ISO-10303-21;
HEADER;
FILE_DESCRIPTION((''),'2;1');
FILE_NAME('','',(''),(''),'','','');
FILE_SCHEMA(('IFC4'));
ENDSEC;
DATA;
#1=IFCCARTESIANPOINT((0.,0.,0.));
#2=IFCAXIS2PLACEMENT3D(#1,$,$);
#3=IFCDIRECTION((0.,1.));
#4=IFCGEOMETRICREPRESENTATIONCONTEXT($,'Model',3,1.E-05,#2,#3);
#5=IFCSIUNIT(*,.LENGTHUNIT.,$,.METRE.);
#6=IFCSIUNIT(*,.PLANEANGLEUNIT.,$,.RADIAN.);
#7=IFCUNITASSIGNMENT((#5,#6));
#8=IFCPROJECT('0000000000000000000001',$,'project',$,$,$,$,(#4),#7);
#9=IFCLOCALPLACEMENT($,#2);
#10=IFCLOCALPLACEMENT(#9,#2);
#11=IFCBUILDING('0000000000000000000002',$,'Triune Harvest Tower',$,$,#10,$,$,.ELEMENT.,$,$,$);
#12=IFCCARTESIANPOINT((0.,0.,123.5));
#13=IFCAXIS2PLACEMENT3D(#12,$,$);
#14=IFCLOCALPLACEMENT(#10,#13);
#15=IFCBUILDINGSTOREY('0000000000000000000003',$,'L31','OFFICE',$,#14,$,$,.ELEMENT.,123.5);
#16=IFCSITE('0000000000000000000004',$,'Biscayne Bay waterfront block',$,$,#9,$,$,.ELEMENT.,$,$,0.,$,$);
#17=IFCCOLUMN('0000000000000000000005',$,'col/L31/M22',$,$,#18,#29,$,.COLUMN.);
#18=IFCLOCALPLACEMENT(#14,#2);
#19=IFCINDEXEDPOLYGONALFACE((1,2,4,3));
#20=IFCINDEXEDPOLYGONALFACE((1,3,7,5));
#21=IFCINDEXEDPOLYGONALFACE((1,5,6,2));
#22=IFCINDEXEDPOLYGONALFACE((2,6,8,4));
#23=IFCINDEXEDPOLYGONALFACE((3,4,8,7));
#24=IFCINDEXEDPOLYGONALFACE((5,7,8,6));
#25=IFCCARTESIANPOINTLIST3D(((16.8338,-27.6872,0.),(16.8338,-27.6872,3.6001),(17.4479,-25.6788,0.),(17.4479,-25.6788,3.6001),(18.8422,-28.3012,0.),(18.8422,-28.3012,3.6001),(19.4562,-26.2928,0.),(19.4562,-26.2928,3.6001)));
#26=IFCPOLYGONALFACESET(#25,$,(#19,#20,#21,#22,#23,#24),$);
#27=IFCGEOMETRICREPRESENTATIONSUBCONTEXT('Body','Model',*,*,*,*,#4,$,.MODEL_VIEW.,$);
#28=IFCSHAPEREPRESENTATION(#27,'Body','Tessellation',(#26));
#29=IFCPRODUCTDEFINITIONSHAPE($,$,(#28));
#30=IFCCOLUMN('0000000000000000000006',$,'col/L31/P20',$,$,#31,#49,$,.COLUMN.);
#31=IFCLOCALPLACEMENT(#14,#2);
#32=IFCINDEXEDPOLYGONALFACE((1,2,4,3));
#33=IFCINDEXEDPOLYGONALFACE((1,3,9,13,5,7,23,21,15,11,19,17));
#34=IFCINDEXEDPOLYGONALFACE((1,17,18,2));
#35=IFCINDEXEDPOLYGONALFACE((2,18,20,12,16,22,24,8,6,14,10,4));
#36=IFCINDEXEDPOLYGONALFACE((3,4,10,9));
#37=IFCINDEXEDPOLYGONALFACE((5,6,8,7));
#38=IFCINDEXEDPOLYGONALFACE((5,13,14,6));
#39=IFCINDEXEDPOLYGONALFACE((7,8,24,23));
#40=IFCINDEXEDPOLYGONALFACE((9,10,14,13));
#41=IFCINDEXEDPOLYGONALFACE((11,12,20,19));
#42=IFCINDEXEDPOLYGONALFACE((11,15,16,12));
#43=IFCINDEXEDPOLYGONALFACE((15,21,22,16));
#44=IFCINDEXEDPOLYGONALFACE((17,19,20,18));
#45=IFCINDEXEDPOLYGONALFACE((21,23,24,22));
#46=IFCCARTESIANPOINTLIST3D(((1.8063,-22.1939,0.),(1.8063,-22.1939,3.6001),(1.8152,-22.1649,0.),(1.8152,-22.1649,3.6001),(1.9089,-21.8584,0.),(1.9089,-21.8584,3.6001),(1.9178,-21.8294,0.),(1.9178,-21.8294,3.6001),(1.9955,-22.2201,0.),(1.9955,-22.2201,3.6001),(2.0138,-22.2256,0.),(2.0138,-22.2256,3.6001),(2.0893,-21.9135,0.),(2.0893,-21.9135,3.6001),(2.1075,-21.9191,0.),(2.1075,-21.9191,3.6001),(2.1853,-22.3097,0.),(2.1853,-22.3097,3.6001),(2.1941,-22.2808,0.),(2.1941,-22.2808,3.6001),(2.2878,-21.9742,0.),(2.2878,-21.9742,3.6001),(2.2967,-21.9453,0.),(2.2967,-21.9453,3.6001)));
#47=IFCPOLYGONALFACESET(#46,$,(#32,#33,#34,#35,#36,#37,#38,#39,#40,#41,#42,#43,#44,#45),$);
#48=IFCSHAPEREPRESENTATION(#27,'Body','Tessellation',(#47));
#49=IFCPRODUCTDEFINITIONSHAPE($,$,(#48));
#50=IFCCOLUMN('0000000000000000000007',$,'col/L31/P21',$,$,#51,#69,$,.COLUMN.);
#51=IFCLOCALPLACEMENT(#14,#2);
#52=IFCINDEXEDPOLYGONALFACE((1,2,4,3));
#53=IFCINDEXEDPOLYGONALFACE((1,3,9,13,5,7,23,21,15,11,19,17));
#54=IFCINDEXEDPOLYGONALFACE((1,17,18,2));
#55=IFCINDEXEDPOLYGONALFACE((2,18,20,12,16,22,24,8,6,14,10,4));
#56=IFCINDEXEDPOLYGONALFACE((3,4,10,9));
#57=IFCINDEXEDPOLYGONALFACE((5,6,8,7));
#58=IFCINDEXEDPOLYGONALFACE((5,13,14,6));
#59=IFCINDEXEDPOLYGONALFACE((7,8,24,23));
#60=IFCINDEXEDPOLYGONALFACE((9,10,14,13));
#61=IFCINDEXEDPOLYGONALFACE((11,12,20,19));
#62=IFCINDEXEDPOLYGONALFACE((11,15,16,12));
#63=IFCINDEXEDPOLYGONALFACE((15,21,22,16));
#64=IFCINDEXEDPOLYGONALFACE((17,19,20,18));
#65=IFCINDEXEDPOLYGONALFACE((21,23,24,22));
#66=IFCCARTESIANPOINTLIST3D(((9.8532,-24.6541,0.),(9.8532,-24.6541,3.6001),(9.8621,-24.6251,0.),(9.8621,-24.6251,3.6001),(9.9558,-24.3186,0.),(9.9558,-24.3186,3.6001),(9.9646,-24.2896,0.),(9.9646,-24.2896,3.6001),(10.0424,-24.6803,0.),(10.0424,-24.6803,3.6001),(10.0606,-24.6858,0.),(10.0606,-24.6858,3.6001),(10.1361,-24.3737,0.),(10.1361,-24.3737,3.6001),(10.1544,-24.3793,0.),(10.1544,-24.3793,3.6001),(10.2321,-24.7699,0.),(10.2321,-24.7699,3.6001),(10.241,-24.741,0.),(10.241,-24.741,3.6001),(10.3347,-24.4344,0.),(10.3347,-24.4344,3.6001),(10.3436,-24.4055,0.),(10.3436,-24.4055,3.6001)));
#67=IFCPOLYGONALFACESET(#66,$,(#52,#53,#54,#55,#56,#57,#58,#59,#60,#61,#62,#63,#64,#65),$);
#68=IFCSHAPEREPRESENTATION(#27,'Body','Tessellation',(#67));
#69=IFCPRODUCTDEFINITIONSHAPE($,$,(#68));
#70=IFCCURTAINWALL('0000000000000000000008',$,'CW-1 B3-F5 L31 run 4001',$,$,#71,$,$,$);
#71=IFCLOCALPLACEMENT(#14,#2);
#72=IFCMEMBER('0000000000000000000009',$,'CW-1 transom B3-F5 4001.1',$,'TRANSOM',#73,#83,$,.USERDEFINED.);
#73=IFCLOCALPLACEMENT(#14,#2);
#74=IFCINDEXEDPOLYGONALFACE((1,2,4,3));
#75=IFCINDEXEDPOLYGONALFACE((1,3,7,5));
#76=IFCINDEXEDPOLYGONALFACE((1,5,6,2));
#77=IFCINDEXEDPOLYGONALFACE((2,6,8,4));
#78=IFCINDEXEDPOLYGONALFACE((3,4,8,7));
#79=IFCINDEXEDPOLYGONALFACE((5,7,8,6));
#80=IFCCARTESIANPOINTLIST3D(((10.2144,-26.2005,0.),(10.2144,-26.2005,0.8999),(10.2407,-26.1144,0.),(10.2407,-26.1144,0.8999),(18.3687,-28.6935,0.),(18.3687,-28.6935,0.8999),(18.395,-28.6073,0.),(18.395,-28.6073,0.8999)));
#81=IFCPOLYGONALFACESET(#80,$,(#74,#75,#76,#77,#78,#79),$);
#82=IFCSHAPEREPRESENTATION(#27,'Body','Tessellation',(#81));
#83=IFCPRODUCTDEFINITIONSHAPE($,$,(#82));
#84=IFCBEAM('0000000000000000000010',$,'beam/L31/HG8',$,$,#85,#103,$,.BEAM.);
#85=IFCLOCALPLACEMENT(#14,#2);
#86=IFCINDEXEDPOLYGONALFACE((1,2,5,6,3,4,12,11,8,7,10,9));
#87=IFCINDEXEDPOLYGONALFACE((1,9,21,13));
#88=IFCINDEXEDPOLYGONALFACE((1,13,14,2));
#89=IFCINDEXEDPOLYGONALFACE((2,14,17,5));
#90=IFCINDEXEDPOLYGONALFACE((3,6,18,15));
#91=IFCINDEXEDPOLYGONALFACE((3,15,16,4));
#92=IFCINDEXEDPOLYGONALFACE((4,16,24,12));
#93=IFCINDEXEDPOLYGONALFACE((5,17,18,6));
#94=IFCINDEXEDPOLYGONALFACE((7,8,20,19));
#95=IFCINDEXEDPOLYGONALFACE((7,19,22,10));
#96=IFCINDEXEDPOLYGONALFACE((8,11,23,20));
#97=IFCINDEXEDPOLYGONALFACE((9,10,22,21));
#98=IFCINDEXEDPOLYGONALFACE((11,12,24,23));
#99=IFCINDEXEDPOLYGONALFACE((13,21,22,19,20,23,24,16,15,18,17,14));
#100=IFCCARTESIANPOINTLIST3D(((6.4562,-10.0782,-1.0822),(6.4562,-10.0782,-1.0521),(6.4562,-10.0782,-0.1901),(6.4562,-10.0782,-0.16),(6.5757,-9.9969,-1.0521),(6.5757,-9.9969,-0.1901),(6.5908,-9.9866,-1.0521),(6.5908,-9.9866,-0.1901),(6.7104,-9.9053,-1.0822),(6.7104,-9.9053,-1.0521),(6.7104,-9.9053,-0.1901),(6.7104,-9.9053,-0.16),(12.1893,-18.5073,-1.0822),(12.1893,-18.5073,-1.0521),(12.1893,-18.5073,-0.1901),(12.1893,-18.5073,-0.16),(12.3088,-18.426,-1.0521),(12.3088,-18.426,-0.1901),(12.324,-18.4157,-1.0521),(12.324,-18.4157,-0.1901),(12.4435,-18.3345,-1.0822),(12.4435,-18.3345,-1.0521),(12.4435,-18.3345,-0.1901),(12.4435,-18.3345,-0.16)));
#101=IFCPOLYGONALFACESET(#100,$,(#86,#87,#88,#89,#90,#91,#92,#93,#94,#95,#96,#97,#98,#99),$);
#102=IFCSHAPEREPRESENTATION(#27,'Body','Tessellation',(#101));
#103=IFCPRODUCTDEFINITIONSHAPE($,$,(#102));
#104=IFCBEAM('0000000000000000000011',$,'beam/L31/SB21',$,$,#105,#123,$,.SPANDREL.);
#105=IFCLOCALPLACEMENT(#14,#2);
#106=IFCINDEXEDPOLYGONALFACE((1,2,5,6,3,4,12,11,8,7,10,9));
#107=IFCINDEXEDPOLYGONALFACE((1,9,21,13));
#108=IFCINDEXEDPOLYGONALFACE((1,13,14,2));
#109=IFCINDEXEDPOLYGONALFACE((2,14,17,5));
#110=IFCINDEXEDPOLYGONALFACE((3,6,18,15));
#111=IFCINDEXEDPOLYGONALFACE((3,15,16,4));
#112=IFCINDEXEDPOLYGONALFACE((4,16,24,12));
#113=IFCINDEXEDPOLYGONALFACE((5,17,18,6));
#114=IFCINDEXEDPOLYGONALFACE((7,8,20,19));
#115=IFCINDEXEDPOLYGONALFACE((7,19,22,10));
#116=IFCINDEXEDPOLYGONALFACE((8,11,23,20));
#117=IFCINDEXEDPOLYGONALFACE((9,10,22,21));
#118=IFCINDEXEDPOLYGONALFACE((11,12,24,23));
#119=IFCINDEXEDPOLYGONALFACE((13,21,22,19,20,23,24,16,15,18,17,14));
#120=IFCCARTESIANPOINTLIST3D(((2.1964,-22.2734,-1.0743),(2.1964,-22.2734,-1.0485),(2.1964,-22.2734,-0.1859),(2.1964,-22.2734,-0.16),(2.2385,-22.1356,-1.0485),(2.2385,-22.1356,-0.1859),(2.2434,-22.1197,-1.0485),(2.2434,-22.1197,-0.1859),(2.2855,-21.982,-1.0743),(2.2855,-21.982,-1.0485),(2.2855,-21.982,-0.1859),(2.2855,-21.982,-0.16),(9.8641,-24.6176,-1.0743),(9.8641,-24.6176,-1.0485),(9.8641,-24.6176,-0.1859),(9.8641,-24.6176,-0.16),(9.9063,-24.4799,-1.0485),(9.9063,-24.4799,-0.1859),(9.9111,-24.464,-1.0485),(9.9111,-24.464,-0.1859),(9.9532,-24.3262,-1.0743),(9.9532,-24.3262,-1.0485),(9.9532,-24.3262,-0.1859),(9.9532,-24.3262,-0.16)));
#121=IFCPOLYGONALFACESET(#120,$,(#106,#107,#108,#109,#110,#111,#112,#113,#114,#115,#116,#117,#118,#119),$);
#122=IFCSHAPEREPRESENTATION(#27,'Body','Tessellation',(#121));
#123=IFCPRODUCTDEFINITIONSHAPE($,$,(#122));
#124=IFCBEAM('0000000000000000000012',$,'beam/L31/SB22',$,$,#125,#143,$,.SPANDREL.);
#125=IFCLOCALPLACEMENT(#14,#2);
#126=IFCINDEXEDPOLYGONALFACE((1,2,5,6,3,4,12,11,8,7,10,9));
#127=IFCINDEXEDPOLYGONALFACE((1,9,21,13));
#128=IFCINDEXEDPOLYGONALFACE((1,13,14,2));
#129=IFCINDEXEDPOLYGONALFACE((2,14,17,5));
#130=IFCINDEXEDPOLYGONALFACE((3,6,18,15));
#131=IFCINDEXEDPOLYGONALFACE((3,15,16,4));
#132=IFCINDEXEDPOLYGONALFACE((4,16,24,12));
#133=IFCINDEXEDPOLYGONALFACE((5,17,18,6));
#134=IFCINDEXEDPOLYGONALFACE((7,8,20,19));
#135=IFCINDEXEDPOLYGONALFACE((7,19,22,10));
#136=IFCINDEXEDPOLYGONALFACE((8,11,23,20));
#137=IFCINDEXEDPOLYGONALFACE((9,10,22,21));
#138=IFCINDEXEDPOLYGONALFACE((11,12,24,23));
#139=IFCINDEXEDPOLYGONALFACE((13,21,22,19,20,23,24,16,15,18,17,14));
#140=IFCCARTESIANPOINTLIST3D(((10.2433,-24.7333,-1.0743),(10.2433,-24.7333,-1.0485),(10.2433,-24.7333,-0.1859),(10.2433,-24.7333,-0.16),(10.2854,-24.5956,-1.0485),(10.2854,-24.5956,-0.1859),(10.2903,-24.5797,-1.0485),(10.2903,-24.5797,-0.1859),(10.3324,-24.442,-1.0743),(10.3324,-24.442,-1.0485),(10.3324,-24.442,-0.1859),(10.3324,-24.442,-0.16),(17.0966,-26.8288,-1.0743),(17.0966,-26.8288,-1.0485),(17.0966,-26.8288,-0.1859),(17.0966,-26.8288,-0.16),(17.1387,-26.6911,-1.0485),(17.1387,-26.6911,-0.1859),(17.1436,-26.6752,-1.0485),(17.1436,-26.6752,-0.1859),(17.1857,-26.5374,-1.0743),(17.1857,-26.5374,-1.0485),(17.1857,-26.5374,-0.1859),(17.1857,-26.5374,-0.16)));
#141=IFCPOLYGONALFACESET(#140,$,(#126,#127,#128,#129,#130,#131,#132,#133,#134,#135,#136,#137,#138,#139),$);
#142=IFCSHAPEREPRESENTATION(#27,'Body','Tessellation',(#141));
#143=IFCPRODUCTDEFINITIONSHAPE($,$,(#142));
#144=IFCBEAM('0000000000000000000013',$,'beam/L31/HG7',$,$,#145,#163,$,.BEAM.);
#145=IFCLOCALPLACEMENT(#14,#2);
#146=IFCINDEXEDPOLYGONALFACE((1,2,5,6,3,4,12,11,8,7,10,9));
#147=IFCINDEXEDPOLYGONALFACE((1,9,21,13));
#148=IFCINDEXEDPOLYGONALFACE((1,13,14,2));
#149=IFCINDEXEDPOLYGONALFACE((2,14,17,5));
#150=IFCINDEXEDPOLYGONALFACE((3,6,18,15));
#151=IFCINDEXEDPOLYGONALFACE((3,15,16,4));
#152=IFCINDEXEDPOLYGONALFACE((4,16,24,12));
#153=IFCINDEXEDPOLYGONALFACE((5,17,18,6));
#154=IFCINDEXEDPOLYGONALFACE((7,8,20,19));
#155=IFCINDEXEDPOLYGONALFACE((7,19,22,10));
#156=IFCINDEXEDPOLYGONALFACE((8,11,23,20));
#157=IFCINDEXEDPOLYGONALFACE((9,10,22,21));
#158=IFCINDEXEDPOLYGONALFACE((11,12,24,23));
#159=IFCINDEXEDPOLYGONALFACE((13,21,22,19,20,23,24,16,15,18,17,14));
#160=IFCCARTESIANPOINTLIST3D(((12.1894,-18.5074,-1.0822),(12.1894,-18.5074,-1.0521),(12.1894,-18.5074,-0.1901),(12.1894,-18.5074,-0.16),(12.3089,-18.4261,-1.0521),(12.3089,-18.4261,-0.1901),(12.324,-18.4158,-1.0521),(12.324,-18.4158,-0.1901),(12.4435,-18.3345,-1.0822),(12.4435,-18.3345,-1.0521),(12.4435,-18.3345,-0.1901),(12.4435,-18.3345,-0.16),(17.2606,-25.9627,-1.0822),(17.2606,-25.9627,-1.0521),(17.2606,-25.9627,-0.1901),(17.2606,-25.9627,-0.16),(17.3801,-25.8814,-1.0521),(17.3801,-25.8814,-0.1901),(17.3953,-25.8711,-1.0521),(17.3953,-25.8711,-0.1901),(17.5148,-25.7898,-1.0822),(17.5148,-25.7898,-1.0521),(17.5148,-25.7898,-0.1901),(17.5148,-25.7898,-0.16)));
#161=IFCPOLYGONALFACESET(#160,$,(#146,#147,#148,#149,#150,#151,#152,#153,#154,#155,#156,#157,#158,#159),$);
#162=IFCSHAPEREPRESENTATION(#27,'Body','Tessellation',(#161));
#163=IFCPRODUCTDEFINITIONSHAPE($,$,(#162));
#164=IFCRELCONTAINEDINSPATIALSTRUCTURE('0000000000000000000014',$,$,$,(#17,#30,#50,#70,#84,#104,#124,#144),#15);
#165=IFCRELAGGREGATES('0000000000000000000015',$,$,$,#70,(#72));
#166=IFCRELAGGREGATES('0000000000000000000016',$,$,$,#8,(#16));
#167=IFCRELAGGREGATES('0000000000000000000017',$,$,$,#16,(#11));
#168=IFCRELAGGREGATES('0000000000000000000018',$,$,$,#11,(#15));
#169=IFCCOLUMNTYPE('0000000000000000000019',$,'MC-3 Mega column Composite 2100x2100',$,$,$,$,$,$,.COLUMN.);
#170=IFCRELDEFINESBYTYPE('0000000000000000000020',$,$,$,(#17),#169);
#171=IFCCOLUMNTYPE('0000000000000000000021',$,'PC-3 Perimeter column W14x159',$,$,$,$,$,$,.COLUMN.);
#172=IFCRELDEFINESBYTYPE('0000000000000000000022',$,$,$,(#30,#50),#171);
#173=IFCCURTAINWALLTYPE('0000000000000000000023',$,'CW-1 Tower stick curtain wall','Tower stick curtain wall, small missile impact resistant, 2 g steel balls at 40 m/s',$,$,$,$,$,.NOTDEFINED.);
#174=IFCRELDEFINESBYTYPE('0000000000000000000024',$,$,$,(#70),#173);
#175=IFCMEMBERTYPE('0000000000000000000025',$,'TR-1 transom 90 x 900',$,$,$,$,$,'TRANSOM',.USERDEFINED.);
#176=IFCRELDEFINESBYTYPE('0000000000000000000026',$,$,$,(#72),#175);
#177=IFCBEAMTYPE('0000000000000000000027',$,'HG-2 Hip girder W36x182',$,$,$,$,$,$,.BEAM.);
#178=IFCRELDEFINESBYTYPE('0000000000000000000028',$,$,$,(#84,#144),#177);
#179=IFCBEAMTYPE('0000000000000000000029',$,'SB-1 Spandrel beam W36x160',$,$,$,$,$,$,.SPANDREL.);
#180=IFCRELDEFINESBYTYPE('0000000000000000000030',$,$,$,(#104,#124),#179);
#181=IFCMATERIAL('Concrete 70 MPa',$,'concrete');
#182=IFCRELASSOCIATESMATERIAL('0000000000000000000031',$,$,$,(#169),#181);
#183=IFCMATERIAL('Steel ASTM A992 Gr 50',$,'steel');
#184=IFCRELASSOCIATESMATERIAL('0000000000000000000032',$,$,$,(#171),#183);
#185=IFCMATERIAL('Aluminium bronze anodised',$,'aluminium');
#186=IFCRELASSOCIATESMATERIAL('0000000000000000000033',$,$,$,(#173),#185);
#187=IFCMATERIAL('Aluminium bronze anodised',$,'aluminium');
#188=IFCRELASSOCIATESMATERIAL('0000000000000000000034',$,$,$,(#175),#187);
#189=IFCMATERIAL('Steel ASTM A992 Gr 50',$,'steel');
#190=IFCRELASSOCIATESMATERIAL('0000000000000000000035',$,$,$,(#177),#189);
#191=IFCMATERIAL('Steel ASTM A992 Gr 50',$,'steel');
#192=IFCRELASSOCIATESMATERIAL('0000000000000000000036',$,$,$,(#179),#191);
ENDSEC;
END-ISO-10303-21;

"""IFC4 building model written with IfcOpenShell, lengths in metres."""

from ifc_helpers import new_model, si_unit, direction, frame, origin, origin_2d, place, context, subcontext, project, spatial, rectangle, i_section, extrude, source, transform, mapped, material, material_profile, profile_set, type_object, element, aggregate, save


model = new_model("IFC4")

# Units and contexts
model_context = context("Model", 3, precision=1e-05, world=origin(), true_north=direction((0.0, 1.0)))
body_context = subcontext(model_context, "Body", "Model", "MODEL_VIEW")
ifc_project = project(units=[si_unit("LENGTHUNIT", "METRE"), si_unit("PLANEANGLEUNIT", "RADIAN")], contexts=[model_context])

# Site, building, storey
site_placement = place(None, origin())
site = spatial("IfcSite", under=ifc_project, at=site_placement, Name="Biscayne Bay waterfront block", CompositionType="ELEMENT", RefElevation=0.0)
building_placement = place(site_placement, origin())
building = spatial("IfcBuilding", under=site, at=building_placement, Name="Triune Harvest Tower", CompositionType="ELEMENT")
storey_placement = place(building_placement, frame((0.0, 0.0, 123.5)))
storey = spatial("IfcBuildingStorey", under=building, at=storey_placement, Name="L31", Description="OFFICE", CompositionType="ELEMENT", Elevation=123.5)

# Columns
ifc_material_1 = material(Name="Concrete 70 MPa", Category="concrete")
ifc_material_profile_1 = material_profile(ifc_material_1, rectangle(XDim=2.1001, YDim=2.1001, at=origin_2d()), Name="Composite 2100x2100")
ifc_profile_set_1 = profile_set([ifc_material_profile_1], Name="Concrete 70 MPa")
column_type_1 = type_object("IfcColumnType", Name="MC-3 Mega column Composite 2100x2100", PredefinedType="COLUMN", material=ifc_profile_set_1)
shared_shape_1 = source(origin(), body_context, "Body", "SweptSolid", [
    extrude(rectangle(XDim=2.1001, YDim=2.1001, at=origin_2d()), origin(), (0.0, 0.0, 1.0), 3.6001),
])
column_placement = place(storey_placement, frame((18.145, -26.99, 0.0), z_axis=(0.0, 0.0, 1.0), x_axis=(0.956305, -0.292372, 0.0)))
element("IfcColumn", 1, at=column_placement, inside=storey, type_object=column_type_1, Name="col/L31/M22", PredefinedType="COLUMN", context=body_context, shape_type="MappedRepresentation", body=[
    mapped(shared_shape_1, transform((0.0, 0.0, 0.0), scale=1.0)),
])
ifc_material_2 = material(Name="Steel ASTM A992 Gr 50", Category="steel")
ifc_material_profile_2 = material_profile(ifc_material_2, i_section(OverallWidth=0.3962, OverallDepth=0.3811, WebThickness=0.019, FlangeThickness=0.0303, at=origin_2d()), Name="W14x159")
ifc_profile_set_2 = profile_set([ifc_material_profile_2], Name="Steel ASTM A992 Gr 50")
column_type_2 = type_object("IfcColumnType", Name="PC-3 Perimeter column W14x159", PredefinedType="COLUMN", material=ifc_profile_set_2)
shared_shape_2 = source(origin(), body_context, "Body", "SweptSolid", [
    extrude(i_section(OverallWidth=0.3962, OverallDepth=0.3811, WebThickness=0.019, FlangeThickness=0.0303, at=origin_2d()), origin(), (0.0, 0.0, 1.0), 3.6001),
])
for number, where, z_axis, x_axis, name in (
    (2, (2.0515, -22.0696, 0.0), (0.0, 0.0, 1.0), (0.956305, -0.292372, 0.0), "col/L31/P20"),
    (3, (10.0984, -24.5298, 0.0), (0.0, 0.0, 1.0), (0.956305, -0.292372, 0.0), "col/L31/P21"),
):
    element("IfcColumn", number, at=place(storey_placement, frame(where, z_axis=z_axis, x_axis=x_axis)), inside=storey, type_object=column_type_2, Name=name, PredefinedType="COLUMN", context=body_context, shape_type="MappedRepresentation", body=[
        mapped(shared_shape_2, transform((0.0, 0.0, 0.0), scale=1.0)),
    ])

# Curtain wall, member
ifc_material_3 = material(Name="Aluminium bronze anodised", Category="aluminium")
curtain_wall_type_1 = type_object("IfcCurtainWallType", Name="CW-1 Tower stick curtain wall", Description="Tower stick curtain wall, small missile impact resistant, 2 g steel balls at 40 m/s", PredefinedType="NOTDEFINED", material=ifc_material_3)
curtain_wall_1_placement = place(storey_placement, origin())
curtain_wall_1 = element("IfcCurtainWall", 4, at=curtain_wall_1_placement, inside=storey, type_object=curtain_wall_type_1, Name="CW-1 B3-F5 L31 run 4001")
ifc_material_4 = material(Name="Aluminium bronze anodised", Category="aluminium")
ifc_material_profile_3 = material_profile(ifc_material_4, rectangle(XDim=0.0901, YDim=0.8999, at=origin_2d()), Name="TR-1 transom 90 x 900")
ifc_profile_set_3 = profile_set([ifc_material_profile_3], Name="Aluminium bronze anodised")
member_type_1 = type_object("IfcMemberType", Name="TR-1 transom 90 x 900", ElementType="TRANSOM", PredefinedType="USERDEFINED", material=ifc_profile_set_3)
member_1_placement = place(storey_placement, frame((10.2275, -26.1575, 0.45), z_axis=(0.956308, -0.292361, 0.0), x_axis=(0.292361, 0.956308, 0.0)))
member_1 = element("IfcMember", 5, at=member_1_placement, type_object=member_type_1, Name="CW-1 transom B3-F5 4001.1", ObjectType="TRANSOM", PredefinedType="USERDEFINED", context=body_context, shape_type="SweptSolid", body=[
    extrude(rectangle(XDim=0.0901, YDim=0.8999, at=origin_2d()), origin(), (0.0, 0.0, 1.0), 8.5269),
])

# Beams
ifc_material_5 = material(Name="Steel ASTM A992 Gr 50", Category="steel")
ifc_material_profile_4 = material_profile(ifc_material_5, i_section(OverallWidth=0.3074, OverallDepth=0.9221, WebThickness=0.0183, FlangeThickness=0.03, at=origin_2d()), Name="W36x182")
ifc_profile_set_4 = profile_set([ifc_material_profile_4], Name="Steel ASTM A992 Gr 50")
beam_type_1 = type_object("IfcBeamType", Name="HG-2 Hip girder W36x182", PredefinedType="BEAM", material=ifc_profile_set_4)
shared_shape_3 = source(origin(), body_context, "Body", "SweptSolid", [
    extrude(i_section(OverallWidth=0.3074, OverallDepth=0.9221, WebThickness=0.0183, FlangeThickness=0.03, at=origin_2d()), origin(), (0.0, 0.0, 1.0), 10.1941),
])
beam_1_placement = place(storey_placement, frame((12.3164, -18.4209, -0.6211), z_axis=(-0.562397, 0.826867, 0.0), x_axis=(-0.826867, -0.562397, 0.0)))
element("IfcBeam", 6, at=beam_1_placement, inside=storey, type_object=beam_type_1, Name="beam/L31/HG8", PredefinedType="BEAM", context=body_context, shape_type="MappedRepresentation", body=[
    mapped(shared_shape_3, transform((0.0, 0.0, 0.0), scale=1.0)),
])
ifc_material_6 = material(Name="Steel ASTM A992 Gr 50", Category="steel")
ifc_material_profile_5 = material_profile(ifc_material_6, i_section(OverallWidth=0.3047, OverallDepth=0.9143, WebThickness=0.0166, FlangeThickness=0.0259, at=origin_2d()), Name="W36x160")
ifc_profile_set_5 = profile_set([ifc_material_profile_5], Name="Steel ASTM A992 Gr 50")
beam_type_2 = type_object("IfcBeamType", Name="SB-1 Spandrel beam W36x160", PredefinedType="SPANDREL", material=ifc_profile_set_5)
shared_shape_4 = source(origin(), body_context, "Body", "SweptSolid", [
    extrude(i_section(OverallWidth=0.3047, OverallDepth=0.9143, WebThickness=0.0166, FlangeThickness=0.0259, at=origin_2d()), origin(), (0.0, 0.0, 1.0), 8.0181),
])
beam_2_placement = place(storey_placement, frame((2.241, -22.1277, -0.6172), z_axis=(0.956305, -0.292369, 0.0), x_axis=(0.292369, 0.956305, 0.0)))
element("IfcBeam", 7, at=beam_2_placement, inside=storey, type_object=beam_type_2, Name="beam/L31/SB21", PredefinedType="SPANDREL", context=body_context, shape_type="MappedRepresentation", body=[
    mapped(shared_shape_4, transform((0.0, 0.0, 0.0), scale=1.0)),
])
shared_shape_5 = source(origin(), body_context, "Body", "SweptSolid", [
    extrude(i_section(OverallWidth=0.3047, OverallDepth=0.9143, WebThickness=0.0166, FlangeThickness=0.0259, at=origin_2d()), origin(), (0.0, 0.0, 1.0), 7.1665),
])
beam_3_placement = place(storey_placement, frame((10.2878, -24.5876, -0.6172), z_axis=(0.956297, -0.292398, 0.0), x_axis=(0.292398, 0.956297, 0.0)))
element("IfcBeam", 8, at=beam_3_placement, inside=storey, type_object=beam_type_2, Name="beam/L31/SB22", PredefinedType="SPANDREL", context=body_context, shape_type="MappedRepresentation", body=[
    mapped(shared_shape_5, transform((0.0, 0.0, 0.0), scale=1.0)),
])
shared_shape_6 = source(origin(), body_context, "Body", "SweptSolid", [
    extrude(i_section(OverallWidth=0.3074, OverallDepth=0.9221, WebThickness=0.0183, FlangeThickness=0.03, at=origin_2d()), origin(), (0.0, 0.0, 1.0), 9.0166),
])
beam_4_placement = place(storey_placement, frame((17.3877, -25.8762, -0.6211), z_axis=(-0.562437, 0.82684, 0.0), x_axis=(-0.82684, -0.562437, 0.0)))
element("IfcBeam", 9, at=beam_4_placement, inside=storey, type_object=beam_type_1, Name="beam/L31/HG7", PredefinedType="BEAM", context=body_context, shape_type="MappedRepresentation", body=[
    mapped(shared_shape_6, transform((0.0, 0.0, 0.0), scale=1.0)),
])

aggregate(curtain_wall_1, [member_1])

save(model, "model.ifc")
